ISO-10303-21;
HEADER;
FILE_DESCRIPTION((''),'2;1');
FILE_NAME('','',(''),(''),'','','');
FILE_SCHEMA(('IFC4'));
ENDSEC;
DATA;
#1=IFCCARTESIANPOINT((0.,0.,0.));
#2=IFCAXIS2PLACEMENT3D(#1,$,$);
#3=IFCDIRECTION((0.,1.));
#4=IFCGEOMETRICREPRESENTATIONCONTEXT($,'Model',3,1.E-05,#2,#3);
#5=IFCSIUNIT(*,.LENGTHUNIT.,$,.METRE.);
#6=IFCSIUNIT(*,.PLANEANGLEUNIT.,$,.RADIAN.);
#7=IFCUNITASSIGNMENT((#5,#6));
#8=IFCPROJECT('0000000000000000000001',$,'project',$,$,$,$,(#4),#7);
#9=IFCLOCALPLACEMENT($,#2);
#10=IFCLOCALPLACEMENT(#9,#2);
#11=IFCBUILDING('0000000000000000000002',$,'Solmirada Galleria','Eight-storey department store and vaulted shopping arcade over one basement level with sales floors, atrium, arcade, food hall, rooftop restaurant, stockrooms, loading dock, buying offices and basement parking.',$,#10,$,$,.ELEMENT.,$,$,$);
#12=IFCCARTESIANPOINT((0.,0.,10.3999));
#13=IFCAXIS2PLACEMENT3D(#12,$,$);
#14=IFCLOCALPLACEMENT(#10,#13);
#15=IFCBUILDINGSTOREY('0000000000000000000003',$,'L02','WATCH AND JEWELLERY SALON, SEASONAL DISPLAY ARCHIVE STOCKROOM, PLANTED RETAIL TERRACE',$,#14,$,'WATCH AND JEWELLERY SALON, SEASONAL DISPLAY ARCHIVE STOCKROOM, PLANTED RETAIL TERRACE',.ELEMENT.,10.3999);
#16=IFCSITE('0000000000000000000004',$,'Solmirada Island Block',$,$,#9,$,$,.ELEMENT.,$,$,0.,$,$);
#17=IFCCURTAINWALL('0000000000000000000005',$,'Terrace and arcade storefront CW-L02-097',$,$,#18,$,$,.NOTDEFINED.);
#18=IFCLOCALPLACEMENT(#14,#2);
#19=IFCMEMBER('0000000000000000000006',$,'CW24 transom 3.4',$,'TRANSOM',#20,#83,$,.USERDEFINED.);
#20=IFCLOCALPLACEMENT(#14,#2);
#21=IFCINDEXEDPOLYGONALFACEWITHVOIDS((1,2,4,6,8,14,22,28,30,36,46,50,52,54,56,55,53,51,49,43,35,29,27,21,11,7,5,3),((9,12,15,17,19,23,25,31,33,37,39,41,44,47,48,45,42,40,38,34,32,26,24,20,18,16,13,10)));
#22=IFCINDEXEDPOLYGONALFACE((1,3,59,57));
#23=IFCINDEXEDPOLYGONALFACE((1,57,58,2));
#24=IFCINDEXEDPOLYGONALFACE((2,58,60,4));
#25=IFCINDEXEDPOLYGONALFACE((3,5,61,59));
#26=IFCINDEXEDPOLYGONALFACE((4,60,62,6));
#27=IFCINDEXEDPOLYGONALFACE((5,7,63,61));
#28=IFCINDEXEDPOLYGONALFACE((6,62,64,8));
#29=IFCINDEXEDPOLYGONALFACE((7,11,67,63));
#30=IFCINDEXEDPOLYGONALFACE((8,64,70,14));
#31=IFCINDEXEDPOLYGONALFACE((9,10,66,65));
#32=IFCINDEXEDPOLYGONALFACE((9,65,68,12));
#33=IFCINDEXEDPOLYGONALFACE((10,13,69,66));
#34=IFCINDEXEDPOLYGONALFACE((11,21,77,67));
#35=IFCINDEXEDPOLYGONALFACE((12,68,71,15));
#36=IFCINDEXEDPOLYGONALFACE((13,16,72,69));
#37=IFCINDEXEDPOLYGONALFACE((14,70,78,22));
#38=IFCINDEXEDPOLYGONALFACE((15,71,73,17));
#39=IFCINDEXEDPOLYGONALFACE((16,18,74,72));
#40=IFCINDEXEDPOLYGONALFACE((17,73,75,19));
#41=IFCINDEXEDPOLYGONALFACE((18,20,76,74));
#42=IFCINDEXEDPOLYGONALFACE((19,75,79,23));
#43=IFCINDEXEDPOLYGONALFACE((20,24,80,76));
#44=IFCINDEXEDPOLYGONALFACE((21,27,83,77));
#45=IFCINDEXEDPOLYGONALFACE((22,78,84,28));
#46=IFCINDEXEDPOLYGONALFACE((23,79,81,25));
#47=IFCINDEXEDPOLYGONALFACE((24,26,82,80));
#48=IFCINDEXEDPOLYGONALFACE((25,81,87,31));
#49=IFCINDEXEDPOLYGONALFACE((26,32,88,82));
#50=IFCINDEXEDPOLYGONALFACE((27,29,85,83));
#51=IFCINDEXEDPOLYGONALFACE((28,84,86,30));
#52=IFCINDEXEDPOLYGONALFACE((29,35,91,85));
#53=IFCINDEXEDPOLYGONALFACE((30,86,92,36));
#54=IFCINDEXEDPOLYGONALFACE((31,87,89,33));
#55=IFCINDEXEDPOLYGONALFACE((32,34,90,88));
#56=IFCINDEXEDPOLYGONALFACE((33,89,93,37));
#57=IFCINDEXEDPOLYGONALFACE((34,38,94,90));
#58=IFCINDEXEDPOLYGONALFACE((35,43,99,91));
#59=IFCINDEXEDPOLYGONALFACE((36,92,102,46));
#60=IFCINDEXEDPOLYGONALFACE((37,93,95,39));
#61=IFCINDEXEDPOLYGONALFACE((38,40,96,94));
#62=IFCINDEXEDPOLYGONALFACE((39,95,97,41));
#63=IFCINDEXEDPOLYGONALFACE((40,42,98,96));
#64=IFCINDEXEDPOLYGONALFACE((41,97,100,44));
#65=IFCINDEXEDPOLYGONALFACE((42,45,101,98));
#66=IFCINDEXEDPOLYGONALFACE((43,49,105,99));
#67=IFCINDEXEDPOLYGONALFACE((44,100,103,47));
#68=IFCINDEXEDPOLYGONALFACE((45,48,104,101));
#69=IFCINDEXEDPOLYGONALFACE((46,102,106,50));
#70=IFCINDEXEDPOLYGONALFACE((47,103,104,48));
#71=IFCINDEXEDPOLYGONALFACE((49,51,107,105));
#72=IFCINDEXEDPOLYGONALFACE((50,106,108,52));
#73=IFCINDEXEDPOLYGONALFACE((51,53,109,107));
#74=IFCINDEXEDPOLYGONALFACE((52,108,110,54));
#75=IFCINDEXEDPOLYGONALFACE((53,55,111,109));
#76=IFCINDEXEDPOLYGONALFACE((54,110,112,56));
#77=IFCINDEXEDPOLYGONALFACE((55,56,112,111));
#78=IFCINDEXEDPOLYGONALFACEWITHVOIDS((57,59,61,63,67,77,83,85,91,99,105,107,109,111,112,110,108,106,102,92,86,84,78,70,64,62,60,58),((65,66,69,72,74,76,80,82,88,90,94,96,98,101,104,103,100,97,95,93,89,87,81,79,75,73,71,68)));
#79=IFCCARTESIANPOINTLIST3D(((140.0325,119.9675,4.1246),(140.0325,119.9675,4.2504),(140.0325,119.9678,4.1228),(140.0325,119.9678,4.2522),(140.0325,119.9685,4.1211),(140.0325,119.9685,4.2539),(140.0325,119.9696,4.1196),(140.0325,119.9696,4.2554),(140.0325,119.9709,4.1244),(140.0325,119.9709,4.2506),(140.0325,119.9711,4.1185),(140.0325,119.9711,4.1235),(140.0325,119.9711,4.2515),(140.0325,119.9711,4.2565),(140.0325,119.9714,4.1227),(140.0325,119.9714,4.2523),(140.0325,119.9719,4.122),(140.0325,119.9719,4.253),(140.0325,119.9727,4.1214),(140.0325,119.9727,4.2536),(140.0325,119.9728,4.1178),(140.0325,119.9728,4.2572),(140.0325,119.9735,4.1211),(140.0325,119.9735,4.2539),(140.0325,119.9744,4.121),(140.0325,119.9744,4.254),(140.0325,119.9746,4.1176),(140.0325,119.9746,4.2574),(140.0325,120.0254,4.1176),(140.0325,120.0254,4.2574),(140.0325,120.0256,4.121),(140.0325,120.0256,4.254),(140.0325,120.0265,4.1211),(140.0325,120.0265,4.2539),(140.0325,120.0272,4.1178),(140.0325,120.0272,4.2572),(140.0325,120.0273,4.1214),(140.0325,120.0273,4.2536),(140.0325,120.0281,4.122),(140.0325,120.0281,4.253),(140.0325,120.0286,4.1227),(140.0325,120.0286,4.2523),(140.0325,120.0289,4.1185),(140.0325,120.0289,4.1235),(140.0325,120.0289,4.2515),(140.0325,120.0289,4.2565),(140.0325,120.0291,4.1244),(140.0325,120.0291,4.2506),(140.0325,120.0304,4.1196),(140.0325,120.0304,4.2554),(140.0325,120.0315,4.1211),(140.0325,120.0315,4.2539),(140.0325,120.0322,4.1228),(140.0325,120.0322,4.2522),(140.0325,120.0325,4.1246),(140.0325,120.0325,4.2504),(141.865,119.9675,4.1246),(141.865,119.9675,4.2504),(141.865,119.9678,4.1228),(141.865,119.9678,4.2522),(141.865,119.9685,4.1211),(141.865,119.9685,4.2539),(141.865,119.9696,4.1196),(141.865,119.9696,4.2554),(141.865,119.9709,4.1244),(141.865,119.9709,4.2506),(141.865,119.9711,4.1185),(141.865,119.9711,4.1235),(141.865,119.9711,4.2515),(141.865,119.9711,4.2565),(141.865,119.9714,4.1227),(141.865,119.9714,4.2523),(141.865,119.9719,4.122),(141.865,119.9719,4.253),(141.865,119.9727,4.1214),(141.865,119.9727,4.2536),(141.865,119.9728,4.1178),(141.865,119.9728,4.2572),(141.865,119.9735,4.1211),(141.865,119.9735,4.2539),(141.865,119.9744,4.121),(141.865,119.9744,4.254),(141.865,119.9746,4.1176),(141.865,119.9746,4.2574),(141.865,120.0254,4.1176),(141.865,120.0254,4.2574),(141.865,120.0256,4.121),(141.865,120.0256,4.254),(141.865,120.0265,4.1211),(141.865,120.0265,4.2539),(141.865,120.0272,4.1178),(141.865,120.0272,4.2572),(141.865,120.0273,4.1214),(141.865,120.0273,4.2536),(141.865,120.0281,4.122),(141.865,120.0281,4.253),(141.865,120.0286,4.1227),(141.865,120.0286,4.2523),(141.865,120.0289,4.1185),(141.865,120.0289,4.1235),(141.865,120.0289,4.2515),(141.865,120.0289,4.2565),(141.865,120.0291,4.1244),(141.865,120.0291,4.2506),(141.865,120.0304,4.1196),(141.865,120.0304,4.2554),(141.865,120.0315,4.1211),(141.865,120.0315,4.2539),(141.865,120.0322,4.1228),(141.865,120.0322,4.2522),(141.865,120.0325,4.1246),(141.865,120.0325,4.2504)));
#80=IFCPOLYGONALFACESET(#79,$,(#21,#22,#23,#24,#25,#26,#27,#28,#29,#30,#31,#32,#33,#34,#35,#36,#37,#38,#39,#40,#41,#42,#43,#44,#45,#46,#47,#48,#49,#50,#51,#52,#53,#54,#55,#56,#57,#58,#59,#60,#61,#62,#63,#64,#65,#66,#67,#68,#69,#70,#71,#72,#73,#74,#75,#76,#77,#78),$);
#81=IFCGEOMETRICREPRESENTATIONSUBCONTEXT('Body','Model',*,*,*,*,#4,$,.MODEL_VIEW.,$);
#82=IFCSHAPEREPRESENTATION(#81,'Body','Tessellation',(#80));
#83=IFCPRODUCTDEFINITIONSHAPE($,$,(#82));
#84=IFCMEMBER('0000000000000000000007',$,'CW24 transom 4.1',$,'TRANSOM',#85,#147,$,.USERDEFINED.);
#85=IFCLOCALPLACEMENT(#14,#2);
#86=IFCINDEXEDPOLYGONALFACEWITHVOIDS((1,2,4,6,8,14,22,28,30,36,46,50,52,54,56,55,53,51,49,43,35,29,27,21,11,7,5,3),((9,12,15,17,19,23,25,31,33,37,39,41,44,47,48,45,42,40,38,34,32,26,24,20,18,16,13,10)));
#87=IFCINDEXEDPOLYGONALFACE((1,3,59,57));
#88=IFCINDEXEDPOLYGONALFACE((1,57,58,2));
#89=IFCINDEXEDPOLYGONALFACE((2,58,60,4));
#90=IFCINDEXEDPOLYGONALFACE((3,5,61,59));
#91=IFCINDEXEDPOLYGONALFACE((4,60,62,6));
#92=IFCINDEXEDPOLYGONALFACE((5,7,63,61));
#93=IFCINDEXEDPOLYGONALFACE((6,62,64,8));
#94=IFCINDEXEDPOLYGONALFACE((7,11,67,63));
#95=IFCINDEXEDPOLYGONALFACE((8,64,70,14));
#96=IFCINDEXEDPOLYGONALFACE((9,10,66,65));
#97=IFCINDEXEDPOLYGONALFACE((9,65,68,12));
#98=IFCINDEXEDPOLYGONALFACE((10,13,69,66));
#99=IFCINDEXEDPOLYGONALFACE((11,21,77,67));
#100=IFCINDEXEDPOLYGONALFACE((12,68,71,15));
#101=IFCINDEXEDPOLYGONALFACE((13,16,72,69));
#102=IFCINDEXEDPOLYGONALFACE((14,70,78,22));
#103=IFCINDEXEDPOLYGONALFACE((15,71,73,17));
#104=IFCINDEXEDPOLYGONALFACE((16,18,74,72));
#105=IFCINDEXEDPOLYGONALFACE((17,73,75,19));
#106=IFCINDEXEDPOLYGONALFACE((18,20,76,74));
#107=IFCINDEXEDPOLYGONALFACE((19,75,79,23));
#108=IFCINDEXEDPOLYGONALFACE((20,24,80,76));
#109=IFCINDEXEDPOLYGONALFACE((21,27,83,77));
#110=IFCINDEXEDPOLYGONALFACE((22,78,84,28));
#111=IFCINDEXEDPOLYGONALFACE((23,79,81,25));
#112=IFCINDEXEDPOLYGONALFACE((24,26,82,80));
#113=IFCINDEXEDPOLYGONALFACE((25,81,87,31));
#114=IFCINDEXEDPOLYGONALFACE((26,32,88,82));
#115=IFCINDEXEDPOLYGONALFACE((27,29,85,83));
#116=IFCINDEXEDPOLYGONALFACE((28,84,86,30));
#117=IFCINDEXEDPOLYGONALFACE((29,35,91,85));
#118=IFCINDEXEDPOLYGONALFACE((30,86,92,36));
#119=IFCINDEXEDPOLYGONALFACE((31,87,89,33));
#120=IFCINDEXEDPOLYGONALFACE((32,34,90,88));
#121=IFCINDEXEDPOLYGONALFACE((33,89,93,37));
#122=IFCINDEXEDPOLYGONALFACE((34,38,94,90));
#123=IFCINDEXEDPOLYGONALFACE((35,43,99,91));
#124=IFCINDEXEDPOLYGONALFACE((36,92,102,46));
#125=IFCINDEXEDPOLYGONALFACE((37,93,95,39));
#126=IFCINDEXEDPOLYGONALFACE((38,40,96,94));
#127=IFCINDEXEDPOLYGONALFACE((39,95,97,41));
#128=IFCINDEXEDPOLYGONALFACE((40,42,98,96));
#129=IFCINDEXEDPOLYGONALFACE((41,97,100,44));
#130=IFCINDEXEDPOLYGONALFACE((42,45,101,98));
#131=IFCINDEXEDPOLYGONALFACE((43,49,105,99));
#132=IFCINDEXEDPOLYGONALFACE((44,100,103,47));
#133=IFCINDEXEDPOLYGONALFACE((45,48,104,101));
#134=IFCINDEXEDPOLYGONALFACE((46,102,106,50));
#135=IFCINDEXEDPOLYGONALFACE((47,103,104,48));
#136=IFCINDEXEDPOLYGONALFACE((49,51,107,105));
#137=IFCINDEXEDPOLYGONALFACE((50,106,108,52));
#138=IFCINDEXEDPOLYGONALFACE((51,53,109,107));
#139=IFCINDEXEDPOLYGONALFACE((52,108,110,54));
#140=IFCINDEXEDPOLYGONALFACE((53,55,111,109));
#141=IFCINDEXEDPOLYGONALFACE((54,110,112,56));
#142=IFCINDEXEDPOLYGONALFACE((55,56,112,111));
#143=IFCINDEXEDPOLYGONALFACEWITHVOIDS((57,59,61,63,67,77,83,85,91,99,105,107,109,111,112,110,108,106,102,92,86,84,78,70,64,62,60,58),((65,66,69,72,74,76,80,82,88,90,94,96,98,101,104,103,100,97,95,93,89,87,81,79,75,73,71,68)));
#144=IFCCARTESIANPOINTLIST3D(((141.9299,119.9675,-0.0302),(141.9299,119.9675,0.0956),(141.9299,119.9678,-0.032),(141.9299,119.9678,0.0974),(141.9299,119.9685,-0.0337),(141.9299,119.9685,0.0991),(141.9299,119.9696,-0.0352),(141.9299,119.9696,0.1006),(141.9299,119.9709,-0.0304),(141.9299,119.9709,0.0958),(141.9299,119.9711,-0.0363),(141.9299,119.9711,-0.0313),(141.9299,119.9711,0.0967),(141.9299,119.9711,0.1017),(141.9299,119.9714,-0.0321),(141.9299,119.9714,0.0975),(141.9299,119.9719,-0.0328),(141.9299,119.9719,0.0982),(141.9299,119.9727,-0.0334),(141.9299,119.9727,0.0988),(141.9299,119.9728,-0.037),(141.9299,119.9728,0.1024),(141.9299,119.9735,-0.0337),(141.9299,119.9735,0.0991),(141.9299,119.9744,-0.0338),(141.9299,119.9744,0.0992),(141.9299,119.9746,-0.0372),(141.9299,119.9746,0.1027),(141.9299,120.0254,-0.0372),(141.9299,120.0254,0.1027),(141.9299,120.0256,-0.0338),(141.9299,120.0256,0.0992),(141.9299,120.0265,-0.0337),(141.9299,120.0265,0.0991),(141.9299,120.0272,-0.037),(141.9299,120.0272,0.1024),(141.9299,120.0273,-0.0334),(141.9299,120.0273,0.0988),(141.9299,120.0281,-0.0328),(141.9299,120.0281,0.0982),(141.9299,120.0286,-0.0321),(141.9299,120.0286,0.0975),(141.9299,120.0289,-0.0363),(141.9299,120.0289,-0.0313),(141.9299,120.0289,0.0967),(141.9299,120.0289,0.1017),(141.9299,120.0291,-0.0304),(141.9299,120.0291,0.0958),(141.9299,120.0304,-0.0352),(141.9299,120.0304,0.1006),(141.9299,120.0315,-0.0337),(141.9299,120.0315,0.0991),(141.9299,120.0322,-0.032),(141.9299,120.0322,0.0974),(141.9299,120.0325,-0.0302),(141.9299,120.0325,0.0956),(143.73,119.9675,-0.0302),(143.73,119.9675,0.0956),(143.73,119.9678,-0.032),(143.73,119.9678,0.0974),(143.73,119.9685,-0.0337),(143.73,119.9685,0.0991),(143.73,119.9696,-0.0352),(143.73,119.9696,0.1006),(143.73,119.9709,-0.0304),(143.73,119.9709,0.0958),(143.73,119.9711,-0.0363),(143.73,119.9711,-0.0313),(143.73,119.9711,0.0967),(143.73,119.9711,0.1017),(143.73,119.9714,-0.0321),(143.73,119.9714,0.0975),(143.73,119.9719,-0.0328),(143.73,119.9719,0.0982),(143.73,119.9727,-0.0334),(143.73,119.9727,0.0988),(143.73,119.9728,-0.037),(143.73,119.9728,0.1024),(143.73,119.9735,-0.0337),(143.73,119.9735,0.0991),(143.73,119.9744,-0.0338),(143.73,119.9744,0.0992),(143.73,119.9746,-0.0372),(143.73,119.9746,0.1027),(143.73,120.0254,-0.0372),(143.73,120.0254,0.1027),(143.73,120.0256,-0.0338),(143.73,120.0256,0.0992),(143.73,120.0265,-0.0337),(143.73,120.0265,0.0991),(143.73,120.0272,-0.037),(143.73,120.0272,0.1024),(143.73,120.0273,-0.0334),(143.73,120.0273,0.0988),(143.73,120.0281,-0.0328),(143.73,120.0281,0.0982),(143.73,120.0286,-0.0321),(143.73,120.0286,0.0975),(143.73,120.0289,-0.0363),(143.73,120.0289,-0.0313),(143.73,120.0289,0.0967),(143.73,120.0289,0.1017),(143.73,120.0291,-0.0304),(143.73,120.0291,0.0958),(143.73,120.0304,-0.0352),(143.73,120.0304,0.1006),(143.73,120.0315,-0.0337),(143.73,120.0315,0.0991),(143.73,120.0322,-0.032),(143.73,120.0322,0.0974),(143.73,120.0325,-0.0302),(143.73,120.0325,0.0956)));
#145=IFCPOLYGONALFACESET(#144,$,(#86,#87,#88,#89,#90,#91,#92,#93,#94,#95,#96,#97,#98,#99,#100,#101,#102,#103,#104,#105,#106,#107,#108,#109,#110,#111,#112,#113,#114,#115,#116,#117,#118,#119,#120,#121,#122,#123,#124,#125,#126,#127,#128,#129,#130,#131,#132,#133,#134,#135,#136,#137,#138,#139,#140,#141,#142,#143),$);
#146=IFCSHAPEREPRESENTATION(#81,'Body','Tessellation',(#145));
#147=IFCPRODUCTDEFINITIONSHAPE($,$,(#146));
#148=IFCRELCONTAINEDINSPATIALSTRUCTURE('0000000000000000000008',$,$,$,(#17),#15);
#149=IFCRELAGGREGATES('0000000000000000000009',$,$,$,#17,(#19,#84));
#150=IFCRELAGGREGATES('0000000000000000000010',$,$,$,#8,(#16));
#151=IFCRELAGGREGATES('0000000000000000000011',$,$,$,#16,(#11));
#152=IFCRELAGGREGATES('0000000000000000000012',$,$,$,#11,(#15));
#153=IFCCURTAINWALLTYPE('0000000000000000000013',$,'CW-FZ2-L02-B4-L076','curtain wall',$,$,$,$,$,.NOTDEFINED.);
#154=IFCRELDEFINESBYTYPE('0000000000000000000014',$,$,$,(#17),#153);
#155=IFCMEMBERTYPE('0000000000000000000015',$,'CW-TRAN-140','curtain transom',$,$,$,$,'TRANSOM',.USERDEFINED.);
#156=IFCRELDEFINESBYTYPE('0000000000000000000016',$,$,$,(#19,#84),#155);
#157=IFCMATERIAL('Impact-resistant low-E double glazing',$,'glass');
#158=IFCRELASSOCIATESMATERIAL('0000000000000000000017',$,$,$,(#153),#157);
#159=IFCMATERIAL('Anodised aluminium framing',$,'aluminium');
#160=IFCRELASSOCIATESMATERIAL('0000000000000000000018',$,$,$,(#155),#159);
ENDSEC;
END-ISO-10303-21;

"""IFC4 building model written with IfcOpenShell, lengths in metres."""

from ifc_helpers import new_model, si_unit, direction, frame, origin, origin_2d, place, context, subcontext, project, spatial, hollow_rectangle, extrude, material, material_profile, profile_set, type_object, element, aggregate, save


model = new_model("IFC4")

# Units and contexts
model_context = context("Model", 3, precision=1e-05, world=origin(), true_north=direction((0.0, 1.0)))
body_context = subcontext(model_context, "Body", "Model", "MODEL_VIEW")
ifc_project = project(units=[si_unit("LENGTHUNIT", "METRE"), si_unit("PLANEANGLEUNIT", "RADIAN")], contexts=[model_context])

# Site, building, storey
site_placement = place(None, origin())
site = spatial("IfcSite", under=ifc_project, at=site_placement, Name="Solmirada Island Block", CompositionType="ELEMENT", RefElevation=0.0)
building_placement = place(site_placement, origin())
building = spatial("IfcBuilding", under=site, at=building_placement, Name="Solmirada Galleria", Description="Eight-storey department store and vaulted shopping arcade over one basement level with sales floors, atrium, arcade, food hall, rooftop restaurant, stockrooms, loading dock, buying offices and basement parking.", CompositionType="ELEMENT")
storey_placement = place(building_placement, frame((0.0, 0.0, 10.3999)))
storey = spatial("IfcBuildingStorey", under=building, at=storey_placement, Name="L02", Description="WATCH AND JEWELLERY SALON, SEASONAL DISPLAY ARCHIVE STOCKROOM, PLANTED RETAIL TERRACE", LongName="WATCH AND JEWELLERY SALON, SEASONAL DISPLAY ARCHIVE STOCKROOM, PLANTED RETAIL TERRACE", CompositionType="ELEMENT", Elevation=10.3999)

# Shared definitions
ifc_material_1 = material(Name="Impact-resistant low-E double glazing", Category="glass")
curtain_wall_type = type_object("IfcCurtainWallType", Name="CW-FZ2-L02-B4-L076", Description="curtain wall", PredefinedType="NOTDEFINED", material=ifc_material_1)
ifc_material_2 = material(Name="Anodised aluminium framing", Category="aluminium")

# Curtain wall, members
curtain_wall_1_placement = place(storey_placement, origin())
curtain_wall_1 = element("IfcCurtainWall", 1, at=curtain_wall_1_placement, inside=storey, type_object=curtain_wall_type, Name="Terrace and arcade storefront CW-L02-097", PredefinedType="NOTDEFINED")
ifc_material_profile_1 = material_profile(ifc_material_2, hollow_rectangle(XDim=0.0649, YDim=0.1399, WallThickness=0.0034, InnerFilletRadius=0.0034, OuterFilletRadius=0.0071, at=origin_2d()), Name="ALU-TRAN-140X65")
ifc_profile_set_1 = profile_set([ifc_material_profile_1], Name="Anodised aluminium framing")
member_type_1 = type_object("IfcMemberType", Name="CW-TRAN-140", Description="curtain transom", ElementType="TRANSOM", PredefinedType="USERDEFINED", material=ifc_profile_set_1)
member_1_placement = place(storey_placement, frame((140.0325, 120.0, 4.1875), z_axis=(1.0, 0.0, 0.0), x_axis=(0.0, 1.0, 0.0)))
member_1 = element("IfcMember", 2, at=member_1_placement, type_object=member_type_1, Name="CW24 transom 3.4", ObjectType="TRANSOM", PredefinedType="USERDEFINED", context=body_context, shape_type="SweptSolid", body=[
    extrude(hollow_rectangle(XDim=0.0649, YDim=0.1399, WallThickness=0.0034, InnerFilletRadius=0.0034, OuterFilletRadius=0.0071, at=origin_2d()), origin(), (0.0, 0.0, 1.0), 1.8325),
])
member_2_placement = place(storey_placement, frame((141.9299, 120.0, 0.0327), z_axis=(1.0, 0.0, 0.0), x_axis=(0.0, 1.0, 0.0)))
member_2 = element("IfcMember", 3, at=member_2_placement, type_object=member_type_1, Name="CW24 transom 4.1", ObjectType="TRANSOM", PredefinedType="USERDEFINED", context=body_context, shape_type="SweptSolid", body=[
    extrude(hollow_rectangle(XDim=0.0649, YDim=0.1399, WallThickness=0.0034, InnerFilletRadius=0.0034, OuterFilletRadius=0.0071, at=origin_2d()), origin(), (0.0, 0.0, 1.0), 1.8),
])
aggregate(curtain_wall_1, [member_1, member_2])

save(model, "model.ifc")
